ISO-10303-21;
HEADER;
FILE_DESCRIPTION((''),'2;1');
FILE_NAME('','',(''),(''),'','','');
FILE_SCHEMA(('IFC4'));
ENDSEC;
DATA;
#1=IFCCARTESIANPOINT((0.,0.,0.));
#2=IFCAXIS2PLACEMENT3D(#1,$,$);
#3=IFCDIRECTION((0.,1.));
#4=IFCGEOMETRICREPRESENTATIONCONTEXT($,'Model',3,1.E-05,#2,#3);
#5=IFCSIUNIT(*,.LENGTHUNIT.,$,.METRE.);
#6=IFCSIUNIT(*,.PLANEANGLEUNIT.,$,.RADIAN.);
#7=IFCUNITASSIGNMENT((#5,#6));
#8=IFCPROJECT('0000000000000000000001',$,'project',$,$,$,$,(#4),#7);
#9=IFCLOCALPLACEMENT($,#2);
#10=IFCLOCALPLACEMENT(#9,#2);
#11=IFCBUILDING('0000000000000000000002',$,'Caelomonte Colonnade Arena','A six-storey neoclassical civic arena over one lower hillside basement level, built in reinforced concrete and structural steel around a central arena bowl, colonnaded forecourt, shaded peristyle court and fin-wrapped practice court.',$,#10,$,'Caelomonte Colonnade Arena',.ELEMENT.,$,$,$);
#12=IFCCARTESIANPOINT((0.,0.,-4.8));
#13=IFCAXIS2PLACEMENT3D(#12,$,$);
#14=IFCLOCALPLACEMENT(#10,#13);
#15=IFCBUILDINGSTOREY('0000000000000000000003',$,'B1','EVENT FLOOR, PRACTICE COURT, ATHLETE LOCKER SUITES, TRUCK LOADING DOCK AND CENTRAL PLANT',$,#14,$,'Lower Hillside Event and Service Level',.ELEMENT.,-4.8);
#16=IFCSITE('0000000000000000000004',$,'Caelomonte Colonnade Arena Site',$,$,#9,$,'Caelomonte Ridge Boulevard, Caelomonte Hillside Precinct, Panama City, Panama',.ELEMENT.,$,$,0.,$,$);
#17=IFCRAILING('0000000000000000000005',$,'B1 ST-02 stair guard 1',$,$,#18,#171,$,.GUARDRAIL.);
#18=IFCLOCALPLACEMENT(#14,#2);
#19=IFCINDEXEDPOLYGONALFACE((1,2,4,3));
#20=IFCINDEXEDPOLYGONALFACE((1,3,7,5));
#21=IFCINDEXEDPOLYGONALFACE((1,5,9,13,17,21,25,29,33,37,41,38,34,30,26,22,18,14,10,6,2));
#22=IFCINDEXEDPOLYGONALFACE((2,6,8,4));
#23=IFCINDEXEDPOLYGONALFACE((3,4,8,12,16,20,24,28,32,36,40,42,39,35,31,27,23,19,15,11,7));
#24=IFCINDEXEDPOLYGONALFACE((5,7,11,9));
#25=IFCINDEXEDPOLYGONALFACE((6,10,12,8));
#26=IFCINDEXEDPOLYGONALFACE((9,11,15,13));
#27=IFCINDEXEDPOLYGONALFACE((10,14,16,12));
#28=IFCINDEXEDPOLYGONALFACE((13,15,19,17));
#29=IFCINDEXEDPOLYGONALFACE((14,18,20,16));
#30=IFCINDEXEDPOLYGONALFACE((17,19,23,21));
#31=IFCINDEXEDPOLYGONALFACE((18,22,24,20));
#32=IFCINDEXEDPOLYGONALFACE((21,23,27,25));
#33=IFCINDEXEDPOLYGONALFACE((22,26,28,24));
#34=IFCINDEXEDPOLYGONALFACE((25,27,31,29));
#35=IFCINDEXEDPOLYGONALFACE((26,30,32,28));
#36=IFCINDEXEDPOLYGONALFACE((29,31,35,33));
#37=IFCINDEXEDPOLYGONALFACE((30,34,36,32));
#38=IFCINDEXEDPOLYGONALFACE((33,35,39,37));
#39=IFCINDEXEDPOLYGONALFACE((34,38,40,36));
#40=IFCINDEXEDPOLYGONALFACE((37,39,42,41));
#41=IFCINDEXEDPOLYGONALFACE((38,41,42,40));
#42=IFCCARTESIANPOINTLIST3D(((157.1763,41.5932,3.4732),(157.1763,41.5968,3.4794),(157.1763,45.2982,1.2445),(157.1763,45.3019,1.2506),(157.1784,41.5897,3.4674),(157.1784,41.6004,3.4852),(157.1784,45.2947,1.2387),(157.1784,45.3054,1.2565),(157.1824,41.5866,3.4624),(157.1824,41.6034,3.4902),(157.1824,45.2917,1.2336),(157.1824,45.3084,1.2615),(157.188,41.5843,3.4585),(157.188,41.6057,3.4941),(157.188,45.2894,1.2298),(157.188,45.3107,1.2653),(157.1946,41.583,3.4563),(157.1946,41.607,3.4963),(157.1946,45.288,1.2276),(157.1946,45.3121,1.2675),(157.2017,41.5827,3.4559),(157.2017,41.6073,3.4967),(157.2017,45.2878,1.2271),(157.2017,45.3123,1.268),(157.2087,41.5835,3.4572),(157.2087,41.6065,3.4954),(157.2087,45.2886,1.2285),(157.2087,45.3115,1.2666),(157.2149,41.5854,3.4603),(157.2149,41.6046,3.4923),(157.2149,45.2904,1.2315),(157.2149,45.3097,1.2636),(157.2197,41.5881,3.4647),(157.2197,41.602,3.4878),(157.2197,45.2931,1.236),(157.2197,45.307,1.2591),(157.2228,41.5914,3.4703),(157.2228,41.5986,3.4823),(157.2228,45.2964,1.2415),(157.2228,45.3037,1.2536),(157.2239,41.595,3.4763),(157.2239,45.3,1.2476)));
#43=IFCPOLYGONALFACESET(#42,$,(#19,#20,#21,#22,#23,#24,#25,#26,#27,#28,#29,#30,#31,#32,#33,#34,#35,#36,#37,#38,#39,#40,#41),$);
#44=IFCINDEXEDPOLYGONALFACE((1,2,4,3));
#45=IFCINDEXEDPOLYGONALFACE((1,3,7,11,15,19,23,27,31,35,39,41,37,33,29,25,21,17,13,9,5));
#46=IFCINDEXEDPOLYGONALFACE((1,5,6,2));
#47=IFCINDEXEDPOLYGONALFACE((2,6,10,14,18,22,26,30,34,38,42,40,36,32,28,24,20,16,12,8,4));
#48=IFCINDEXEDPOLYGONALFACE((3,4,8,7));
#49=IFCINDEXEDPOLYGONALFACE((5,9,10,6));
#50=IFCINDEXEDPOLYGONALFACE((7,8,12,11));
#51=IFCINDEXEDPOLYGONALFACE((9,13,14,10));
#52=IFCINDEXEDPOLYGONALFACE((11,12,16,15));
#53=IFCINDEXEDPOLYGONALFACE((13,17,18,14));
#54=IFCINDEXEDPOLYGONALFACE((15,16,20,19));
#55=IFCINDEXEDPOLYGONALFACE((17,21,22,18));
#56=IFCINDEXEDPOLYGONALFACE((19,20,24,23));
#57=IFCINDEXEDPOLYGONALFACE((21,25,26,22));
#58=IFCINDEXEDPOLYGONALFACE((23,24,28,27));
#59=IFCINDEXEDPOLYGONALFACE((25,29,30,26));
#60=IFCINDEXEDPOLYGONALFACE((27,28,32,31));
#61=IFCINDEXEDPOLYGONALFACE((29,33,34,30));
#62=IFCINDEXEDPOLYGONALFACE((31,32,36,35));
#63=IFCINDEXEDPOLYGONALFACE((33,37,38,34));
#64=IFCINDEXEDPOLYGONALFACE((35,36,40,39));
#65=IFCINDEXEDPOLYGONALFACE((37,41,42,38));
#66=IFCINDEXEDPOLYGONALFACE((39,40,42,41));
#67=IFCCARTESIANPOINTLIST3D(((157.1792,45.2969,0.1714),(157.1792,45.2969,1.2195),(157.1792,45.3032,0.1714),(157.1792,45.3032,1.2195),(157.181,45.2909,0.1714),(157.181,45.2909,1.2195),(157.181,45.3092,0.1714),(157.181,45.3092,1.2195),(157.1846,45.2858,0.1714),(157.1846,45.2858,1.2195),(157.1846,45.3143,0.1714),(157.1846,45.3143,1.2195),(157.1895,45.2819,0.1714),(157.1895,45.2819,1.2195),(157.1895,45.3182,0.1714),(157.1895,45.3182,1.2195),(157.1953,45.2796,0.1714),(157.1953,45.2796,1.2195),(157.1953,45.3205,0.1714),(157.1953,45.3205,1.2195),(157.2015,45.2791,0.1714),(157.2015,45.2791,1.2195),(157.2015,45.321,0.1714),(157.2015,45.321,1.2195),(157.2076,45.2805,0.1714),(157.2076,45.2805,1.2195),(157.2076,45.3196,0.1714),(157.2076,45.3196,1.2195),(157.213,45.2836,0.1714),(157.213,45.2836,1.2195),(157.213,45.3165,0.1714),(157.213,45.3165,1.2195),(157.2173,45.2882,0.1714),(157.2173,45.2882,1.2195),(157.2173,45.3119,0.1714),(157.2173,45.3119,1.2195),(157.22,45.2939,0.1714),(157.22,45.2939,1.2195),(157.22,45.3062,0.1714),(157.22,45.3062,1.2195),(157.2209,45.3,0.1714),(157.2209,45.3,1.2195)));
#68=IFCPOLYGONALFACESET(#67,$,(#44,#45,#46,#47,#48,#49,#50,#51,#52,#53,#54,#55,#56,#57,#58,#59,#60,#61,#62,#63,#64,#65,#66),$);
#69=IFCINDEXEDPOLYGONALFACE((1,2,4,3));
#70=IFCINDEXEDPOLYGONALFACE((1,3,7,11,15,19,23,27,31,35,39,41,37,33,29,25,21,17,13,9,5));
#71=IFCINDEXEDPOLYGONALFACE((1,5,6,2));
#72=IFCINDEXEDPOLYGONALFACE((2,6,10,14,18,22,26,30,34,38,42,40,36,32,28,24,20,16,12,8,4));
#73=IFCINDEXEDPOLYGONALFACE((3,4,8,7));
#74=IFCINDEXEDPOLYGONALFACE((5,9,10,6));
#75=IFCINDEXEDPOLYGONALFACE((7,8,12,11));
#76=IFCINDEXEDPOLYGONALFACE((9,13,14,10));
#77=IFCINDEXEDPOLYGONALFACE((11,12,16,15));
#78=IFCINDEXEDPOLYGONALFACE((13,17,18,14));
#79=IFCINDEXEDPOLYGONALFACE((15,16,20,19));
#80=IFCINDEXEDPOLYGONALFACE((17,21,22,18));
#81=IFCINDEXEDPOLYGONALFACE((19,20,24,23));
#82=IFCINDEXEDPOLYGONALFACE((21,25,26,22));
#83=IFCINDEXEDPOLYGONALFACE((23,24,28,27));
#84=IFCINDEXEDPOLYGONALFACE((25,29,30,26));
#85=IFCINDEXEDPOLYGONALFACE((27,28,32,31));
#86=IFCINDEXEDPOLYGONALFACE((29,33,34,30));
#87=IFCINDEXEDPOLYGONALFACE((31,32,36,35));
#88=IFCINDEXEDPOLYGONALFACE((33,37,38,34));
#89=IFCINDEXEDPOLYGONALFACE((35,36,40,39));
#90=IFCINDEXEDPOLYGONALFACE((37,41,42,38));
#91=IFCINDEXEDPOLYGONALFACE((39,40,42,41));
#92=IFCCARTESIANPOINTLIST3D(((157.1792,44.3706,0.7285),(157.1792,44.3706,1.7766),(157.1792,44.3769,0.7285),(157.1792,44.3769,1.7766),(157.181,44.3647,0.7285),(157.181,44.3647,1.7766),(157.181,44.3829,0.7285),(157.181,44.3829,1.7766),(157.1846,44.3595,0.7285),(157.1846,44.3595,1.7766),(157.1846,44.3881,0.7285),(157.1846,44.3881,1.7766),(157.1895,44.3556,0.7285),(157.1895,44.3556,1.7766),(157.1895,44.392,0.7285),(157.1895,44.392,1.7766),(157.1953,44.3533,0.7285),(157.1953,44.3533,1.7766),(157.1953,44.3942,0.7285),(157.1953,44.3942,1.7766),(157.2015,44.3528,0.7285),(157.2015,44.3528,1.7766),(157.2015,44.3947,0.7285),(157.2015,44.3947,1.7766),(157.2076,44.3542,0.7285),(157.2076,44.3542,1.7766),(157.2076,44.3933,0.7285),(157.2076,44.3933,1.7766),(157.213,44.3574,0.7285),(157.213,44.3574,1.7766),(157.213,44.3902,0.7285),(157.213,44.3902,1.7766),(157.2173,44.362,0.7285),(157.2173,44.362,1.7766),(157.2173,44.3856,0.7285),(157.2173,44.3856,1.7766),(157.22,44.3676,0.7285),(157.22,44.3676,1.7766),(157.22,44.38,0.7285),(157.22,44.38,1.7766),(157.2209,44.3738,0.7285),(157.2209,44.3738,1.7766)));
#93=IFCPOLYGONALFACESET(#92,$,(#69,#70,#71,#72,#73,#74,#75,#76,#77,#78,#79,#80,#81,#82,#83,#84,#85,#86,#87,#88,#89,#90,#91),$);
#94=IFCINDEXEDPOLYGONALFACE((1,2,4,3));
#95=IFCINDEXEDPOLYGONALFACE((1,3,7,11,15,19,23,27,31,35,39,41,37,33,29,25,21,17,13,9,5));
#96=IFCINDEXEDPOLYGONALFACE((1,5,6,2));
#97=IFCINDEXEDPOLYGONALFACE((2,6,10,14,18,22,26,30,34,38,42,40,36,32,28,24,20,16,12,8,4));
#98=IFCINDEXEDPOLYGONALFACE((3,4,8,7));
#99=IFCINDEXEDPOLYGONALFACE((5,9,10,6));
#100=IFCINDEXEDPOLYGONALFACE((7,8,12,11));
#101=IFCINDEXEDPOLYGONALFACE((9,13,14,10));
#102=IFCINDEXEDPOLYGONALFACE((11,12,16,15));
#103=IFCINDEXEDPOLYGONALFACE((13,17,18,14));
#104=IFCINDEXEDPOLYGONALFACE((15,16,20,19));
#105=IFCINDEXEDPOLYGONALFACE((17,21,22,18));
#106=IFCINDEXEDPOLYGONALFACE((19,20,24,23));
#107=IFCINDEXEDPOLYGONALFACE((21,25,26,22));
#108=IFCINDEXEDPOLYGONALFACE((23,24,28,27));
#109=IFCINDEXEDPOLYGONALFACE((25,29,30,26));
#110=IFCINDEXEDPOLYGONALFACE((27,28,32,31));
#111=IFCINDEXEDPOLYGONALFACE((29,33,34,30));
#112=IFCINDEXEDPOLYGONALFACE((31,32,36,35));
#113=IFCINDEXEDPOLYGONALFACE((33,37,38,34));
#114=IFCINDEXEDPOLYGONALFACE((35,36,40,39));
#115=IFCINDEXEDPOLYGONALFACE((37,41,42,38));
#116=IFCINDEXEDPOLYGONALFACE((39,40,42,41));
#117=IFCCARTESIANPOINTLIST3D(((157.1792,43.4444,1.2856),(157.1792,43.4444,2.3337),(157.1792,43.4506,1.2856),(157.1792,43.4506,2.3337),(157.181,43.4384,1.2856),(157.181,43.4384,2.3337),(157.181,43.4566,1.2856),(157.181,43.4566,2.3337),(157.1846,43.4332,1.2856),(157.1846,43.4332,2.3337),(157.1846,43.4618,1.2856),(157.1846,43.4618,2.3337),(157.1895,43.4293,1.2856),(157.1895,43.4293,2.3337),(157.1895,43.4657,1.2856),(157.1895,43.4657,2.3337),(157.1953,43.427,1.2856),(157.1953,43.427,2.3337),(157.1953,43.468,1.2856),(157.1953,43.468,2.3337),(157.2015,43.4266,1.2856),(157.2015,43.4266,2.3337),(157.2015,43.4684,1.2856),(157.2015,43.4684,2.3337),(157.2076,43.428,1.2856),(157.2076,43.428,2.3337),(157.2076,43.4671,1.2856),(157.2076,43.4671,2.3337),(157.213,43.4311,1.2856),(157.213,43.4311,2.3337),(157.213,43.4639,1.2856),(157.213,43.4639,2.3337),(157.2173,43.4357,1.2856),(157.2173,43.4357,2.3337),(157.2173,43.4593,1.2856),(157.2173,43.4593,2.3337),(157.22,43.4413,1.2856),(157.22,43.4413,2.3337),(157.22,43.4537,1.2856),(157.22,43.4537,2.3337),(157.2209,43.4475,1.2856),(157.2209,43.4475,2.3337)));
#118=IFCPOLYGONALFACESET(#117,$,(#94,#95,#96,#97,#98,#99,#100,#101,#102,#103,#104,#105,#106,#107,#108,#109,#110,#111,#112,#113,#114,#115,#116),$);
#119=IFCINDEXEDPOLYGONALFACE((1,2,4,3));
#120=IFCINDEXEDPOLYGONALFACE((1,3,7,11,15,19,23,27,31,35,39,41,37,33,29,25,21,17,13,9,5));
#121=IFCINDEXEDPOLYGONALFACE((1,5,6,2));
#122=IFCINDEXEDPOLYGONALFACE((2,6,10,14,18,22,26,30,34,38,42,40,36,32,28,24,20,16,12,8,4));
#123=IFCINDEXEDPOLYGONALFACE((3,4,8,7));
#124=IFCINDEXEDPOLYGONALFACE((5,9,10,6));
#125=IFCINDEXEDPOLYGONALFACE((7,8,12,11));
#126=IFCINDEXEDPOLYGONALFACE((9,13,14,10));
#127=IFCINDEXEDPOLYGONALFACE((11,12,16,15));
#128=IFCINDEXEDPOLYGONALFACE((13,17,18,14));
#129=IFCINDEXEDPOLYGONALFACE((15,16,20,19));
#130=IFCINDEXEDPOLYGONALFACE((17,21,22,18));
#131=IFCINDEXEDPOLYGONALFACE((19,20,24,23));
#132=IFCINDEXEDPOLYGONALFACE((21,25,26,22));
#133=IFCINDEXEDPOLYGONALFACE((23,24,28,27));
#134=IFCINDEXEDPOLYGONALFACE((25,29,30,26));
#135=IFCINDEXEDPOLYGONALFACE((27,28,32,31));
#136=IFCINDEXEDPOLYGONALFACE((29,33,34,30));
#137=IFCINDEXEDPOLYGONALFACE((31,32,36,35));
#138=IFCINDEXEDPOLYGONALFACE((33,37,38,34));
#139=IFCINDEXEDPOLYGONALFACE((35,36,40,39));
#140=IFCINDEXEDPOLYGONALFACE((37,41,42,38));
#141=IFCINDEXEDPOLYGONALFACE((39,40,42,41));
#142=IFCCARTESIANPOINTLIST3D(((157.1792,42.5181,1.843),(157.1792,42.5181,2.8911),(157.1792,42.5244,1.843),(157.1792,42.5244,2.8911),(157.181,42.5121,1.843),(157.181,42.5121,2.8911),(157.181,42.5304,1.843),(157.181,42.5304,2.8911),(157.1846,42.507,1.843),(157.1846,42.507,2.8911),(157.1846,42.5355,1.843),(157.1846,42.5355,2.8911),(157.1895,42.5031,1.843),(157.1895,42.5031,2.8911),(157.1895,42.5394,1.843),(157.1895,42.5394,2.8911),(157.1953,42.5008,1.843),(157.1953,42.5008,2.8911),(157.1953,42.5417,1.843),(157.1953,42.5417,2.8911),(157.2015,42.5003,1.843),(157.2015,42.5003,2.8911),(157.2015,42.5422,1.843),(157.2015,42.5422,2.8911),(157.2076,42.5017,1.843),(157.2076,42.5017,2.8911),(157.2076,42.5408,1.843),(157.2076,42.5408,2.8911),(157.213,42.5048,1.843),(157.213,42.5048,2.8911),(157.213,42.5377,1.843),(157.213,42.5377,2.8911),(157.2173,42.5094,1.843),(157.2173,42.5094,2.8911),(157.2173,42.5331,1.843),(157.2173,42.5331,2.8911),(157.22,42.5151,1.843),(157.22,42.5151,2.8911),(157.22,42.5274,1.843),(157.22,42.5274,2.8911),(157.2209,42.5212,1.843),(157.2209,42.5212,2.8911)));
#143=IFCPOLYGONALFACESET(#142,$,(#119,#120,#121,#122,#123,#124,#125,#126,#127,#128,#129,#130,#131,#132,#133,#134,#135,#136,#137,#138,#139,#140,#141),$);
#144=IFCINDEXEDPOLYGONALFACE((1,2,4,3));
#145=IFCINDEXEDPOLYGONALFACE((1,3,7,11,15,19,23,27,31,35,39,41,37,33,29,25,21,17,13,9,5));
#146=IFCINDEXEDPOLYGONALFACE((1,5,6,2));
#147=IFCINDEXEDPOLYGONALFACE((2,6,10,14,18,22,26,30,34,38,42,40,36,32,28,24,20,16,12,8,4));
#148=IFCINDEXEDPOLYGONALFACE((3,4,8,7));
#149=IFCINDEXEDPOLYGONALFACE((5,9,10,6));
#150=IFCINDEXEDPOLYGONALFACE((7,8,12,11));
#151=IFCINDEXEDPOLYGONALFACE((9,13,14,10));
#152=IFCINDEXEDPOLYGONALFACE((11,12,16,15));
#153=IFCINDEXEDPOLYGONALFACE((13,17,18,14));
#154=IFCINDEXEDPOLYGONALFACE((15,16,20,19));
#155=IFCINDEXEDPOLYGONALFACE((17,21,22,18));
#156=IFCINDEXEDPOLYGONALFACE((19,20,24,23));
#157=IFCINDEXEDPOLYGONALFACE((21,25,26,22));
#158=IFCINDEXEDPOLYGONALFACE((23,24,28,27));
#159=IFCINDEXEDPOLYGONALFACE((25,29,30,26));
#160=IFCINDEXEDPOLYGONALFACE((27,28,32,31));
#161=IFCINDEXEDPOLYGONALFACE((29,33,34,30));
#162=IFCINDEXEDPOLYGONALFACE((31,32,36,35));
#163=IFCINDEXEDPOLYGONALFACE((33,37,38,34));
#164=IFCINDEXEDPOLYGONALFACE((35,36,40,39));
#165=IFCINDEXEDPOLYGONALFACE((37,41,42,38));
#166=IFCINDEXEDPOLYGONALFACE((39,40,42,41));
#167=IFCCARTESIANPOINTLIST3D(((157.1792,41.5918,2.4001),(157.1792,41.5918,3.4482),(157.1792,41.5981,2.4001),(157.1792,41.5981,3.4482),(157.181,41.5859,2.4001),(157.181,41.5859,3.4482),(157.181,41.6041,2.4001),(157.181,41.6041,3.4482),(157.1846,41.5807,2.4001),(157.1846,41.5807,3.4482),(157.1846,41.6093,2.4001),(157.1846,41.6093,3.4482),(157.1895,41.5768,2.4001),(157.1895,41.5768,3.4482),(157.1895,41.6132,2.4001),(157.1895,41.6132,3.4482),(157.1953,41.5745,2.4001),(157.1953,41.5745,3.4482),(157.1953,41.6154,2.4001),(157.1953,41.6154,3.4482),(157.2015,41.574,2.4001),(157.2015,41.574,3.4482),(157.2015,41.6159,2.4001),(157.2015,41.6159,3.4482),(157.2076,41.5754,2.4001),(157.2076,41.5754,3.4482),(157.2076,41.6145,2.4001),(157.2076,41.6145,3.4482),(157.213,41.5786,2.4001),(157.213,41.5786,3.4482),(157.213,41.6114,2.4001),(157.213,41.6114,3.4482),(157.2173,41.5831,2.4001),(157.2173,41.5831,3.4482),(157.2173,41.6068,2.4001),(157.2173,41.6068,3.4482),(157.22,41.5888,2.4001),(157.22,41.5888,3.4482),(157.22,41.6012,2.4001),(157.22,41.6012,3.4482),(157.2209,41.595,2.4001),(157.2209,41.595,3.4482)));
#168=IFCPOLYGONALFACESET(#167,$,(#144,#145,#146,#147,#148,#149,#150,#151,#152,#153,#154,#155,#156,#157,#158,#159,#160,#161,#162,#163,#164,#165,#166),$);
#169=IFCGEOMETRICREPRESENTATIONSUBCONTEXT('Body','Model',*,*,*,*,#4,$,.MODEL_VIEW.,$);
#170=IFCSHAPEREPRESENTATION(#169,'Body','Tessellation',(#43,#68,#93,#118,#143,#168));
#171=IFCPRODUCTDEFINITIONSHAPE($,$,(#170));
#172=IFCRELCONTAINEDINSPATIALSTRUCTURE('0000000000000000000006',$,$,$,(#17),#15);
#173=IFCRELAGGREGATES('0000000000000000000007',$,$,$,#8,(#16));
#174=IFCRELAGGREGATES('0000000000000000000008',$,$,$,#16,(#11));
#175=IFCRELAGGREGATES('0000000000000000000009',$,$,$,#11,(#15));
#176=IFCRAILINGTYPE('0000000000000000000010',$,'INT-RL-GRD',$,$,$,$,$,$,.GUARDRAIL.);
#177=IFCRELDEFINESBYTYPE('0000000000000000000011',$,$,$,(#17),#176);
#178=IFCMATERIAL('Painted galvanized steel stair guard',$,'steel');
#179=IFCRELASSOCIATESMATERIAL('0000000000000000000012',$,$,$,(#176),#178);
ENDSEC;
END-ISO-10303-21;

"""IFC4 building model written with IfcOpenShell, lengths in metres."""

from ifc_helpers import new_model, si_unit, direction, frame, origin, origin_2d, place, context, subcontext, project, spatial, circle, extrude, material, type_object, element, save


model = new_model("IFC4")

# Units and contexts
model_context = context("Model", 3, precision=1e-05, world=origin(), true_north=direction((0.0, 1.0)))
body_context = subcontext(model_context, "Body", "Model", "MODEL_VIEW")
ifc_project = project(units=[si_unit("LENGTHUNIT", "METRE"), si_unit("PLANEANGLEUNIT", "RADIAN")], contexts=[model_context])

# Site, building, storey
site_placement = place(None, origin())
site = spatial("IfcSite", under=ifc_project, at=site_placement, Name="Caelomonte Colonnade Arena Site", LongName="Caelomonte Ridge Boulevard, Caelomonte Hillside Precinct, Panama City, Panama", CompositionType="ELEMENT", RefElevation=0.0)
building_placement = place(site_placement, origin())
building = spatial("IfcBuilding", under=site, at=building_placement, Name="Caelomonte Colonnade Arena", Description="A six-storey neoclassical civic arena over one lower hillside basement level, built in reinforced concrete and structural steel around a central arena bowl, colonnaded forecourt, shaded peristyle court and fin-wrapped practice court.", LongName="Caelomonte Colonnade Arena", CompositionType="ELEMENT")
storey_placement = place(building_placement, frame((0.0, 0.0, -4.8)))
storey = spatial("IfcBuildingStorey", under=building, at=storey_placement, Name="B1", Description="EVENT FLOOR, PRACTICE COURT, ATHLETE LOCKER SUITES, TRUCK LOADING DOCK AND CENTRAL PLANT", LongName="Lower Hillside Event and Service Level", CompositionType="ELEMENT", Elevation=-4.8)

# Railing
ifc_material_1 = material(Name="Painted galvanized steel stair guard", Category="steel")
railing_type_1 = type_object("IfcRailingType", Name="INT-RL-GRD", PredefinedType="GUARDRAIL", material=ifc_material_1)
railing_1_placement = place(storey_placement, frame((157.2, 45.3, 0.1714)))
element("IfcRailing", 1, at=railing_1_placement, inside=storey, type_object=railing_type_1, Name="B1 ST-02 stair guard 1", PredefinedType="GUARDRAIL", context=body_context, shape_type="SweptSolid", body=[
    extrude(circle(Radius=0.0239, at=origin_2d()), frame((0.0, 0.0, 1.0762), z_axis=(0.0, -0.856909, 0.515467), x_axis=(1.0, 0.0, 0.0)), (0.0, 0.0, 1.0), 4.3237),
    extrude(circle(Radius=0.021, at=origin_2d()), origin(), (0.0, 0.0, 1.0), 1.0481),
    extrude(circle(Radius=0.021, at=origin_2d()), frame((0.0, -0.9263, 0.5571)), (0.0, 0.0, 1.0), 1.0481),
    extrude(circle(Radius=0.021, at=origin_2d()), frame((0.0, -1.8525, 1.1143)), (0.0, 0.0, 1.0), 1.0481),
    extrude(circle(Radius=0.021, at=origin_2d()), frame((0.0, -2.7788, 1.6716)), (0.0, 0.0, 1.0), 1.0481),
    extrude(circle(Radius=0.021, at=origin_2d()), frame((0.0, -3.7051, 2.2288)), (0.0, 0.0, 1.0), 1.0481),
])

save(model, "model.ifc")
